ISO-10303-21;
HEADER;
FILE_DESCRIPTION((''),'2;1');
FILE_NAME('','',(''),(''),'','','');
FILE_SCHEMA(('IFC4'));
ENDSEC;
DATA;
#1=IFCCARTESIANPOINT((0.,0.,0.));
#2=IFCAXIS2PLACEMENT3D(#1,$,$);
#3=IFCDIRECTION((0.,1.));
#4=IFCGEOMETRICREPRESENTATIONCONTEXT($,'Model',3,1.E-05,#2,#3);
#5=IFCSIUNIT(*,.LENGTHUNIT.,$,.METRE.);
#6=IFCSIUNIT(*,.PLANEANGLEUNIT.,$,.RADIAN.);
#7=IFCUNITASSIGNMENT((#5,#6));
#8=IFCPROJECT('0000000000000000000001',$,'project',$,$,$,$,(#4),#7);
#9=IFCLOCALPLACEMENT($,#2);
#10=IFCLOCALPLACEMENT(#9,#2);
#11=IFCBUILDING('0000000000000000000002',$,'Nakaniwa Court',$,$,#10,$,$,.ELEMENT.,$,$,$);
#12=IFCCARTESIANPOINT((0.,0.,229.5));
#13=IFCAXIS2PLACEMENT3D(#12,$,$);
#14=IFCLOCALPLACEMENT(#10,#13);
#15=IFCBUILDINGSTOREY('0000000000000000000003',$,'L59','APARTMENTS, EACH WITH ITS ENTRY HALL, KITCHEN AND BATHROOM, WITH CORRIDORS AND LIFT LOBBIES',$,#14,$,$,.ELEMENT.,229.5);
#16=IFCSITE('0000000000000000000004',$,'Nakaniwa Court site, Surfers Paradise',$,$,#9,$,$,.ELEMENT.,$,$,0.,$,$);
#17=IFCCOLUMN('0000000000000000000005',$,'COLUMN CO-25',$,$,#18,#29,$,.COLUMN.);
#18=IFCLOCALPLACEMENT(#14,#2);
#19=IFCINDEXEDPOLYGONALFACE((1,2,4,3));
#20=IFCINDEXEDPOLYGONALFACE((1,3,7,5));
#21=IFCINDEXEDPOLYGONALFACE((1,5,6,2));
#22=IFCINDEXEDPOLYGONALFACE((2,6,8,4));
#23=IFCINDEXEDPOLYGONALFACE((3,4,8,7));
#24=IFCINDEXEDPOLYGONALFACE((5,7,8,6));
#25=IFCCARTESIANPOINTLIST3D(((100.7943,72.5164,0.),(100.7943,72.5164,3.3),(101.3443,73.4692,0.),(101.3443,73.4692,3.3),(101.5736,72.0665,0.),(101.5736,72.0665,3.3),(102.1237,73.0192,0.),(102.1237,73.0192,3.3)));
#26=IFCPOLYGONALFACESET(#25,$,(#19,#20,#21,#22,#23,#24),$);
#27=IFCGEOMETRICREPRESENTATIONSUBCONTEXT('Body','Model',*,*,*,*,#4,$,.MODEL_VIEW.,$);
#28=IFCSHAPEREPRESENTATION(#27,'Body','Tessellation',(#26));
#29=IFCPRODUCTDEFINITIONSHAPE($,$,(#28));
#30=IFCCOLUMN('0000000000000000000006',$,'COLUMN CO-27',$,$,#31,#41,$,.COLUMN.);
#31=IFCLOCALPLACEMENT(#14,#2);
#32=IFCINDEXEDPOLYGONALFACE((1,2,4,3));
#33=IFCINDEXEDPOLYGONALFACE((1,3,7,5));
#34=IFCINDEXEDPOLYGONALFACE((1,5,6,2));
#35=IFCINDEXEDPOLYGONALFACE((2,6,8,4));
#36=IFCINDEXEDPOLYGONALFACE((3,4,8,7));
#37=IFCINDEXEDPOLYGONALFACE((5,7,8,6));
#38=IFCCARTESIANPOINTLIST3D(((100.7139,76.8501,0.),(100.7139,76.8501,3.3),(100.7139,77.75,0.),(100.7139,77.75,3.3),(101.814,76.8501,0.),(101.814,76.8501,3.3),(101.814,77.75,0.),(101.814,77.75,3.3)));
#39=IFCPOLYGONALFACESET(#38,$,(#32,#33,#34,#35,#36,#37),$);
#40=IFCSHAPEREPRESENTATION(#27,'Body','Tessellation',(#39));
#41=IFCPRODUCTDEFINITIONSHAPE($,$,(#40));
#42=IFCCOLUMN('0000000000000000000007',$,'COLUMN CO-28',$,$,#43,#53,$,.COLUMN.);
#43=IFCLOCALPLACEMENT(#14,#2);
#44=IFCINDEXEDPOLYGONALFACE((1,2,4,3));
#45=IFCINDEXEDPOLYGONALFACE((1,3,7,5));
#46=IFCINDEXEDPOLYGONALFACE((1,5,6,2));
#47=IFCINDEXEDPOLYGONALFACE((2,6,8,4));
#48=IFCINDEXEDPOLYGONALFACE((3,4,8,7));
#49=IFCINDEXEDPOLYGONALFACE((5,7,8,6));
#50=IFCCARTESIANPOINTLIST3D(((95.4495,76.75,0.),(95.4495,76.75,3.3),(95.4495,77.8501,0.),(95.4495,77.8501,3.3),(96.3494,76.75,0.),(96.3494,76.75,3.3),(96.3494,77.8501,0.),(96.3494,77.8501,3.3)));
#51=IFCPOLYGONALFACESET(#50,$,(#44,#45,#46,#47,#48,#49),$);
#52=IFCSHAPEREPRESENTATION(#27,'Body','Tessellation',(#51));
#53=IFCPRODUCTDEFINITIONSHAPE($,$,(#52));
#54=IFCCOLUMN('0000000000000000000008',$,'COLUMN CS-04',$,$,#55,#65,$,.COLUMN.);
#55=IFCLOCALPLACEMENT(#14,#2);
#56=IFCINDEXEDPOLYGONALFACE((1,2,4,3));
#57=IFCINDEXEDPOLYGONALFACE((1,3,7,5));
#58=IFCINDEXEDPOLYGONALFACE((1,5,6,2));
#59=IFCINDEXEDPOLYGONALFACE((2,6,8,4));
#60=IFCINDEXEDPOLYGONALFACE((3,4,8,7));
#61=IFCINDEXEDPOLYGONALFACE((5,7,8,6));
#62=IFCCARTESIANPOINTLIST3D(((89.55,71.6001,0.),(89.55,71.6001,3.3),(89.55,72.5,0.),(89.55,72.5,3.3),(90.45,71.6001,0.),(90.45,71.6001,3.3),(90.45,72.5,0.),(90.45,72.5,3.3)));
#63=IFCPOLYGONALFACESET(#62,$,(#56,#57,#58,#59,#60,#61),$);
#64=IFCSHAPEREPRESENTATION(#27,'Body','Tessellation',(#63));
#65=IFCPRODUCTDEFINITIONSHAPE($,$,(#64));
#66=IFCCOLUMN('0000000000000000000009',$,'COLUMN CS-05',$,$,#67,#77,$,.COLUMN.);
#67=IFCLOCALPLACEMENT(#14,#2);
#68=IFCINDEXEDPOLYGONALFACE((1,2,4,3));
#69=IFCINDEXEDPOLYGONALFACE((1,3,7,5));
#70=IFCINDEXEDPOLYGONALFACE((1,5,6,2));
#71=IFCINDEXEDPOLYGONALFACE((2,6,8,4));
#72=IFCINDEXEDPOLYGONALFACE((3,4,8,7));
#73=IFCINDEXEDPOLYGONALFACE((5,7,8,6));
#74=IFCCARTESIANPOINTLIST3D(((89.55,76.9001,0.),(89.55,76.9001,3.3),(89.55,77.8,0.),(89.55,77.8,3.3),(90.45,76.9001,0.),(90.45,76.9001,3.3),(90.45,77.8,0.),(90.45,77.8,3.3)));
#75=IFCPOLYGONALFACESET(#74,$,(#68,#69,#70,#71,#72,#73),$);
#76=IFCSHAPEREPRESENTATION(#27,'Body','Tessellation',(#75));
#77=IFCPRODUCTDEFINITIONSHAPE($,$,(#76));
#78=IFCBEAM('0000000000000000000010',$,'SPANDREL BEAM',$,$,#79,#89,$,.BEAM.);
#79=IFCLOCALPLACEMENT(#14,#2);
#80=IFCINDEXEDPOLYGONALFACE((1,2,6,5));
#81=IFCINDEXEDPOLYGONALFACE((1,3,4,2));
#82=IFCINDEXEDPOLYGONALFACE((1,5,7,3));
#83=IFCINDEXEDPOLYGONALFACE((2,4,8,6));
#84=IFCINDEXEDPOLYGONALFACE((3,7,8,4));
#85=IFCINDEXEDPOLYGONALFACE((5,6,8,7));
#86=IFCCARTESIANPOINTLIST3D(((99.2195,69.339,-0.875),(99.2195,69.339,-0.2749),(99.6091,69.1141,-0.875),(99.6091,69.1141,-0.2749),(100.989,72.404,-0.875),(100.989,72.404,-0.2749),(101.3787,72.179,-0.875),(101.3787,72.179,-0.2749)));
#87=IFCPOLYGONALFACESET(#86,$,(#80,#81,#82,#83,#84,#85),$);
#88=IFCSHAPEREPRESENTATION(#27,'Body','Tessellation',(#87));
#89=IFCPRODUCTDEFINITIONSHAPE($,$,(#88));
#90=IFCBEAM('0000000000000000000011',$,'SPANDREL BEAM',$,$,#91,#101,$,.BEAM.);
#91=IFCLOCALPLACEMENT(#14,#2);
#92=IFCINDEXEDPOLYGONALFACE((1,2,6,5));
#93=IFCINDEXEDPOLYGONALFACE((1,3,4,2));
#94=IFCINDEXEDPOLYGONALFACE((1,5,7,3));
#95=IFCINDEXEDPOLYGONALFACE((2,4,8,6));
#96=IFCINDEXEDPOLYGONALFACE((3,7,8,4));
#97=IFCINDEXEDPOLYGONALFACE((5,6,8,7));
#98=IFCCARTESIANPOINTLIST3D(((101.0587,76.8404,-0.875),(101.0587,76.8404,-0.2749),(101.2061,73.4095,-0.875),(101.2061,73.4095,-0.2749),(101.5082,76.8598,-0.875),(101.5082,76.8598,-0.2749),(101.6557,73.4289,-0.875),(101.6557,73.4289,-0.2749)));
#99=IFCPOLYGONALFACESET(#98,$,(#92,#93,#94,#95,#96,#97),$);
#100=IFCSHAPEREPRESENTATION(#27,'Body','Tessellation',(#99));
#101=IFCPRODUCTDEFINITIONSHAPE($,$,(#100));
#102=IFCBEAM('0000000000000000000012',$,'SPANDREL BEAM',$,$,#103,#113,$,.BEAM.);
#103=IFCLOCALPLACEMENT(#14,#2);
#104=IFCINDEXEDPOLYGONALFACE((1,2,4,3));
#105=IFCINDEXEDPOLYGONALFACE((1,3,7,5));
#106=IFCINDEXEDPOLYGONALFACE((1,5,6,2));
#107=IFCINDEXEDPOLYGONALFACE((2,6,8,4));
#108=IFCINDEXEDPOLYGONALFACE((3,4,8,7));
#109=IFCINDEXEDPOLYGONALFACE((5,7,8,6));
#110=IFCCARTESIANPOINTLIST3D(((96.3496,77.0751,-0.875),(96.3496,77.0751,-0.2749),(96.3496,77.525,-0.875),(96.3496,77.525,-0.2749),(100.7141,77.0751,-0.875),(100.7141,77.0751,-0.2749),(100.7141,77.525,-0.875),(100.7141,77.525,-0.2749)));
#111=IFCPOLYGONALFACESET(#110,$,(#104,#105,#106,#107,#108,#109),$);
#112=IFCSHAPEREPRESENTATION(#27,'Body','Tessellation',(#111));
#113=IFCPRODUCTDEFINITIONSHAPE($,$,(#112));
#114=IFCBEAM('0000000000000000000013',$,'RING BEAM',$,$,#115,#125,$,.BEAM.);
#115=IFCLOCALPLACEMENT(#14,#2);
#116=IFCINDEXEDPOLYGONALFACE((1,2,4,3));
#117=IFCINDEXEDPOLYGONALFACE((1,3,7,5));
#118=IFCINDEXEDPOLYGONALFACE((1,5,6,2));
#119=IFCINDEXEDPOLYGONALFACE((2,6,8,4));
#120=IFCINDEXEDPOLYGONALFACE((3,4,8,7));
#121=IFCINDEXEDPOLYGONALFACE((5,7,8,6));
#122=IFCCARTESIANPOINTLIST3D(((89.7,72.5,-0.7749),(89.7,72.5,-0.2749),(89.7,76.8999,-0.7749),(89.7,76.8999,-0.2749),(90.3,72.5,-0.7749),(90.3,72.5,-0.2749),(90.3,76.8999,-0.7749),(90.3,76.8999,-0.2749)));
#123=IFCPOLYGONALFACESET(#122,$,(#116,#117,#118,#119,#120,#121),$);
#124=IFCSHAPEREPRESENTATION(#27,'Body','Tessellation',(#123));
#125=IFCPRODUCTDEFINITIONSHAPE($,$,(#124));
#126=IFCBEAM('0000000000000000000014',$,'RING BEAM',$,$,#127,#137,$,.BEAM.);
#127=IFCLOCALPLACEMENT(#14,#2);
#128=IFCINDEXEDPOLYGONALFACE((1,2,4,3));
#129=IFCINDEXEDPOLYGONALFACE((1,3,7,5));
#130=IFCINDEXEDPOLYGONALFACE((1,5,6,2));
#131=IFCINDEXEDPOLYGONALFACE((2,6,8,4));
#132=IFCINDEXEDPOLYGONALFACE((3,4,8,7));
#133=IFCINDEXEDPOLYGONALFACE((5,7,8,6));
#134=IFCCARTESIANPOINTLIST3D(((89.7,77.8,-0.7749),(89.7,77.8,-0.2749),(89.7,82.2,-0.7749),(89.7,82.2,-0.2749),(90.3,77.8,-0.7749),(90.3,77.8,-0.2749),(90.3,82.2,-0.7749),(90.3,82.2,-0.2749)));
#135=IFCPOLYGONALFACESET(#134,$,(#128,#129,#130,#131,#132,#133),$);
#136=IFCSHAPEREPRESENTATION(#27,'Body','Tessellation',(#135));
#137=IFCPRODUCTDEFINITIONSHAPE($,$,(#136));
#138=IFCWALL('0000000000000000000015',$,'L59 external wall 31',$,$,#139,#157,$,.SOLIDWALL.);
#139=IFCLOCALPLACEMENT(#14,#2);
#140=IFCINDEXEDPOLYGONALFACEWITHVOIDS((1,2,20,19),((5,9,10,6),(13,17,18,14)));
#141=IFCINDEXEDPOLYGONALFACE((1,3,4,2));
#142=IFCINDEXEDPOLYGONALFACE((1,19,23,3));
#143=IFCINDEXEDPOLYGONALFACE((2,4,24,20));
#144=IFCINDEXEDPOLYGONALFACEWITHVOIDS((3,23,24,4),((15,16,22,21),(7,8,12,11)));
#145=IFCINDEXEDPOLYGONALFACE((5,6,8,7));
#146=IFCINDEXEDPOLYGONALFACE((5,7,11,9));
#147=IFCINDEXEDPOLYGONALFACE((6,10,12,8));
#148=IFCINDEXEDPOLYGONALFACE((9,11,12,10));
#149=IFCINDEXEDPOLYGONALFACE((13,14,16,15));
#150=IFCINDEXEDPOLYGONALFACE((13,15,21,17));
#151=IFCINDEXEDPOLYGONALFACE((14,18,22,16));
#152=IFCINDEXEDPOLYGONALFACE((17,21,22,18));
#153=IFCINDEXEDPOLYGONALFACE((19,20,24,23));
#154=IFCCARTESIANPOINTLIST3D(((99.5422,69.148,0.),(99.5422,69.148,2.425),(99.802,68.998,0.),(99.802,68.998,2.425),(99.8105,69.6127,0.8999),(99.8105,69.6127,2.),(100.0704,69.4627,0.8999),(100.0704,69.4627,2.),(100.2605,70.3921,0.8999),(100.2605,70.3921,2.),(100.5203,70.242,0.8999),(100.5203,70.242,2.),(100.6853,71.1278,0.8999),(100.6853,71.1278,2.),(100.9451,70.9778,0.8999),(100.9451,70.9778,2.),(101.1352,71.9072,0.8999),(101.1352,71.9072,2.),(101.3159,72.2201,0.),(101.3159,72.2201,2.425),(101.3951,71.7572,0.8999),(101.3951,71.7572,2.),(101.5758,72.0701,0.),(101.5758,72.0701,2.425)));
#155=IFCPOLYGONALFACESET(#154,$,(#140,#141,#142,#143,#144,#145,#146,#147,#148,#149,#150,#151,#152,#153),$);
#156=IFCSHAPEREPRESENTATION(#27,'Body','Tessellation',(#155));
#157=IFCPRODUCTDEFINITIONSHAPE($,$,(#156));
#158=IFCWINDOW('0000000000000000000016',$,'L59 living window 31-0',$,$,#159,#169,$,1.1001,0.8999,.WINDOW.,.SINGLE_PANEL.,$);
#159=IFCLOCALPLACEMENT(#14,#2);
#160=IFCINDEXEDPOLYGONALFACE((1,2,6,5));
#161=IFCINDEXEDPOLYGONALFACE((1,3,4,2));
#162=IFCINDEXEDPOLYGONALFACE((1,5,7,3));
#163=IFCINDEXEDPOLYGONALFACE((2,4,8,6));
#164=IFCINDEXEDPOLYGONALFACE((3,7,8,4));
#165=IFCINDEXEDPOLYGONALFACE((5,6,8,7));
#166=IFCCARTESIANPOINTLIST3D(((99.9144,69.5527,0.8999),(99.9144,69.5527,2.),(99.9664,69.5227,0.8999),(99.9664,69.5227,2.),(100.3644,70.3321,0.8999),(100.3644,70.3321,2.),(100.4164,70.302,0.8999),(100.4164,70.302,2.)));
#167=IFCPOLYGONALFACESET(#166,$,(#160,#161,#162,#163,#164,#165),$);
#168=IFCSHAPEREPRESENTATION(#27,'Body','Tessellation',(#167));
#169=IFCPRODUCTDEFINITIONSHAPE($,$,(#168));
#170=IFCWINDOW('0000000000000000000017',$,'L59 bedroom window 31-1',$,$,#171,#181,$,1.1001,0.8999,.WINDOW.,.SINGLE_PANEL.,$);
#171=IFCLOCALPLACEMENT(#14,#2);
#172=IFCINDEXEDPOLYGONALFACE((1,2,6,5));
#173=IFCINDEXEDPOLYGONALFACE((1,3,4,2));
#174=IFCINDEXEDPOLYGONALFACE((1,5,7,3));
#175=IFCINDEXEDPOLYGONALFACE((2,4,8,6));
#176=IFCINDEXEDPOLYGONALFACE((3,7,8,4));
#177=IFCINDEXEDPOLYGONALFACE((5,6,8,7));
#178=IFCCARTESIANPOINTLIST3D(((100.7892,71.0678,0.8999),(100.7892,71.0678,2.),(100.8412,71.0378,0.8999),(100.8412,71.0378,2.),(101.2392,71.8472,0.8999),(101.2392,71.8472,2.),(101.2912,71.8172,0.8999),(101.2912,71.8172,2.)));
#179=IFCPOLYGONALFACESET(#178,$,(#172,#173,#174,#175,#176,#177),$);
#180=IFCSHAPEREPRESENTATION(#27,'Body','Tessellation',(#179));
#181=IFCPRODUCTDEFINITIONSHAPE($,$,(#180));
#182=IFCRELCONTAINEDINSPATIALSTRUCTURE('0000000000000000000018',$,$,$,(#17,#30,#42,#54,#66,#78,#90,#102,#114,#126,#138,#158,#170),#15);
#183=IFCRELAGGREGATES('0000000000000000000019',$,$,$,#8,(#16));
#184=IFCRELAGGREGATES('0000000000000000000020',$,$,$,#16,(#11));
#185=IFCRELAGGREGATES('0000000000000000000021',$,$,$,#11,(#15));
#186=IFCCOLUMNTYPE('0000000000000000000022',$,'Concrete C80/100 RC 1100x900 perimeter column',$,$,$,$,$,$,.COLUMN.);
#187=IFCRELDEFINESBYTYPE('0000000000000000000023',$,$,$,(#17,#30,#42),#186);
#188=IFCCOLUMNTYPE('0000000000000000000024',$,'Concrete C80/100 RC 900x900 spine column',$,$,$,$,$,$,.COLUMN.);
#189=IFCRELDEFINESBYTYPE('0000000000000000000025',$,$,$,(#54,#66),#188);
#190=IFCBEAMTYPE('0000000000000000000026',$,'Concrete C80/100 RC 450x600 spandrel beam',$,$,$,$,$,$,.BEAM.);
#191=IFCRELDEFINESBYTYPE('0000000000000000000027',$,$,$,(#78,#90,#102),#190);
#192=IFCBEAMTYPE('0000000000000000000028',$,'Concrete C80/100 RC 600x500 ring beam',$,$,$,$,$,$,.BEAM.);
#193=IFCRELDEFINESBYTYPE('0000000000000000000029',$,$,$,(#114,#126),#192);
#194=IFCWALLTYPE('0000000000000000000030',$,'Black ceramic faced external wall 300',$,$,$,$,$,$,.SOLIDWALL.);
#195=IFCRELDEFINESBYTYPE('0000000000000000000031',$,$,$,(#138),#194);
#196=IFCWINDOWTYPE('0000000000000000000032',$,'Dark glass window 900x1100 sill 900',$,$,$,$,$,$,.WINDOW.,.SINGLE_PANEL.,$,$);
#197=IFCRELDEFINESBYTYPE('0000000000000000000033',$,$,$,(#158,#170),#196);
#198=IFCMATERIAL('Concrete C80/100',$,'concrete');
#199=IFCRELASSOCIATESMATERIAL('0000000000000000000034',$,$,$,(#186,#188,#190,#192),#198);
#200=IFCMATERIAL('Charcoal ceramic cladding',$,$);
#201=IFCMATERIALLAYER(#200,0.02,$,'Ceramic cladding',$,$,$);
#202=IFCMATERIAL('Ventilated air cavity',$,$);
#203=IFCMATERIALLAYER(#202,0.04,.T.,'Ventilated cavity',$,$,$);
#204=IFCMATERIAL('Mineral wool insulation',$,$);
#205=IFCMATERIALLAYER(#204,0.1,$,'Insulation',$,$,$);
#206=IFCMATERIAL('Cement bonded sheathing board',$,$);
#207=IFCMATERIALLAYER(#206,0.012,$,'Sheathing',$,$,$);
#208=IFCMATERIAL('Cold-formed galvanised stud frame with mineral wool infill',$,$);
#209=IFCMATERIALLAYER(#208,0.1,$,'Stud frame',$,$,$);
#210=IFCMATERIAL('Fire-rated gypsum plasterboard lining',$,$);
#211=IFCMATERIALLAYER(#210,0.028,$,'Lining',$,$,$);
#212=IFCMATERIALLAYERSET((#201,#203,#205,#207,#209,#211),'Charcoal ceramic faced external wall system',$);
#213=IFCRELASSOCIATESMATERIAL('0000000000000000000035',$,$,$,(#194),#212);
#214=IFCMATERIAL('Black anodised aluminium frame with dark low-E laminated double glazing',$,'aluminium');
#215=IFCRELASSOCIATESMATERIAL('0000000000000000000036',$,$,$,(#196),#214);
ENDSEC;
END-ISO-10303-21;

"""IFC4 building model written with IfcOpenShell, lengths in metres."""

from ifc_helpers import new_model, si_unit, direction, frame, frame_2d, origin, origin_2d, place, context, subcontext, project, spatial, rectangle, extrude, material, layer, layer_set, material_profile, profile_set, type_object, element, fill, save


model = new_model("IFC4")

# Units and contexts
model_context = context("Model", 3, precision=1e-05, world=origin(), true_north=direction((0.0, 1.0)))
body_context = subcontext(model_context, "Body", "Model", "MODEL_VIEW")
ifc_project = project(units=[si_unit("LENGTHUNIT", "METRE"), si_unit("PLANEANGLEUNIT", "RADIAN")], contexts=[model_context])

# Site, building, storey
site_placement = place(None, origin())
site = spatial("IfcSite", under=ifc_project, at=site_placement, Name="Nakaniwa Court site, Surfers Paradise", CompositionType="ELEMENT", RefElevation=0.0)
building_placement = place(site_placement, origin())
building = spatial("IfcBuilding", under=site, at=building_placement, Name="Nakaniwa Court", CompositionType="ELEMENT")
storey_placement = place(building_placement, frame((0.0, 0.0, 229.5)))
storey = spatial("IfcBuildingStorey", under=building, at=storey_placement, Name="L59", Description="APARTMENTS, EACH WITH ITS ENTRY HALL, KITCHEN AND BATHROOM, WITH CORRIDORS AND LIFT LOBBIES", CompositionType="ELEMENT", Elevation=229.5)

# Columns
ifc_material_1 = material(Name="Concrete C80/100", Category="concrete")
ifc_material_profile_1 = material_profile(ifc_material_1, rectangle(XDim=1.1001, YDim=0.8999, at=origin_2d()), Name="Concrete C80/100 RC 1100x900 perimeter column")
ifc_profile_set_1 = profile_set([ifc_material_profile_1], Name="Concrete C80/100")
column_type_1 = type_object("IfcColumnType", Name="Concrete C80/100 RC 1100x900 perimeter column", PredefinedType="COLUMN", material=ifc_profile_set_1)
for number, where, z_axis, x_axis, name in (
    (1, (101.459, 72.7678, 0.0), (0.0, 0.0, 1.0), (0.5, 0.866025, 0.0), "COLUMN CO-25"),
    (2, (101.2639, 77.3, 0.0), (0.0, 0.0, 1.0), (-1.0, 0.0, 0.0), "COLUMN CO-27"),
    (3, (95.8994, 77.3, 0.0), (0.0, 0.0, 1.0), (0.0, 1.0, 0.0), "COLUMN CO-28"),
):
    element("IfcColumn", number, at=place(storey_placement, frame(where, z_axis=z_axis, x_axis=x_axis)), inside=storey, type_object=column_type_1, Name=name, PredefinedType="COLUMN", context=body_context, shape_type="SweptSolid", body=[
        extrude(rectangle(XDim=1.1001, YDim=0.8999, at=origin_2d()), origin(), (0.0, 0.0, 1.0), 3.3),
    ])
ifc_material_profile_2 = material_profile(ifc_material_1, rectangle(XDim=0.8999, YDim=0.8999, at=origin_2d()), Name="Concrete C80/100 RC 900x900 spine column")
ifc_profile_set_2 = profile_set([ifc_material_profile_2], Name="Concrete C80/100")
column_type_2 = type_object("IfcColumnType", Name="Concrete C80/100 RC 900x900 spine column", PredefinedType="COLUMN", material=ifc_profile_set_2)
for number, where, z_axis, x_axis, name in (
    (4, (90.0, 72.05, 0.0), (0.0, 0.0, 1.0), (0.0, 1.0, 0.0), "COLUMN CS-04"),
    (5, (90.0, 77.3501, 0.0), (0.0, 0.0, 1.0), (0.0, 1.0, 0.0), "COLUMN CS-05"),
):
    element("IfcColumn", number, at=place(storey_placement, frame(where, z_axis=z_axis, x_axis=x_axis)), inside=storey, type_object=column_type_2, Name=name, PredefinedType="COLUMN", context=body_context, shape_type="SweptSolid", body=[
        extrude(rectangle(XDim=0.8999, YDim=0.8999, at=origin_2d()), origin(), (0.0, 0.0, 1.0), 3.3),
    ])

# Beams
ifc_material_profile_3 = material_profile(ifc_material_1, rectangle(XDim=0.45, YDim=0.6001, at=origin_2d()), Name="Concrete C80/100 RC 450x600 spandrel beam")
ifc_profile_set_3 = profile_set([ifc_material_profile_3], Name="Concrete C80/100")
beam_type_1 = type_object("IfcBeamType", Name="Concrete C80/100 RC 450x600 spandrel beam", PredefinedType="BEAM", material=ifc_profile_set_3)
beam_1_placement = place(storey_placement, frame((99.4143, 69.2266, -0.575), z_axis=(0.499997, 0.866027, 0.0), x_axis=(-0.866027, 0.499997, 0.0)))
element("IfcBeam", 6, at=beam_1_placement, inside=storey, type_object=beam_type_1, Name="SPANDREL BEAM", PredefinedType="BEAM", context=body_context, shape_type="SweptSolid", body=[
    extrude(rectangle(XDim=0.45, YDim=0.6001, at=origin_2d()), origin(), (0.0, 0.0, 1.0), 3.5391),
])
beam_2_placement = place(storey_placement, frame((101.4309, 73.4192, -0.575), z_axis=(-0.042941, 0.999078, 0.0), x_axis=(-0.999078, -0.042941, 0.0)))
element("IfcBeam", 7, at=beam_2_placement, inside=storey, type_object=beam_type_1, Name="SPANDREL BEAM", PredefinedType="BEAM", context=body_context, shape_type="SweptSolid", body=[
    extrude(rectangle(XDim=0.45, YDim=0.6001, at=origin_2d()), origin(), (0.0, 0.0, 1.0), 3.4341),
])
beam_3_placement = place(storey_placement, frame((100.7141, 77.3, -0.575), z_axis=(-1.0, 0.0, 0.0), x_axis=(0.0, -1.0, 0.0)))
element("IfcBeam", 8, at=beam_3_placement, inside=storey, type_object=beam_type_1, Name="SPANDREL BEAM", PredefinedType="BEAM", context=body_context, shape_type="SweptSolid", body=[
    extrude(rectangle(XDim=0.45, YDim=0.6001, at=origin_2d()), origin(), (0.0, 0.0, 1.0), 4.3645),
])
ifc_material_profile_4 = material_profile(ifc_material_1, rectangle(XDim=0.6001, YDim=0.5, at=origin_2d()), Name="Concrete C80/100 RC 600x500 ring beam")
ifc_profile_set_4 = profile_set([ifc_material_profile_4], Name="Concrete C80/100")
beam_type_2 = type_object("IfcBeamType", Name="Concrete C80/100 RC 600x500 ring beam", PredefinedType="BEAM", material=ifc_profile_set_4)
for number, where, z_axis, x_axis, name in (
    (9, (90.0, 72.5, -0.5249), (0.0, 1.0, 0.0), (-1.0, 0.0, 0.0), "RING BEAM"),
    (10, (90.0, 77.8, -0.5249), (0.0, 1.0, 0.0), (-1.0, 0.0, 0.0), "RING BEAM"),
):
    element("IfcBeam", number, at=place(storey_placement, frame(where, z_axis=z_axis, x_axis=x_axis)), inside=storey, type_object=beam_type_2, Name=name, PredefinedType="BEAM", context=body_context, shape_type="SweptSolid", body=[
        extrude(rectangle(XDim=0.6001, YDim=0.5, at=origin_2d()), origin(), (0.0, 0.0, 1.0), 4.3999),
    ])

# Wall, openings, windows
ifc_material_2 = material(Name="Charcoal ceramic cladding")
ifc_layer_1 = layer(ifc_material_2, 0.02, Name="Ceramic cladding")
ifc_material_3 = material(Name="Ventilated air cavity")
ifc_layer_2 = layer(ifc_material_3, 0.04, ventilated=True, Name="Ventilated cavity")
ifc_material_4 = material(Name="Mineral wool insulation")
ifc_layer_3 = layer(ifc_material_4, 0.1, Name="Insulation")
ifc_material_5 = material(Name="Cement bonded sheathing board")
ifc_layer_4 = layer(ifc_material_5, 0.012, Name="Sheathing")
ifc_material_6 = material(Name="Cold-formed galvanised stud frame with mineral wool infill")
ifc_layer_5 = layer(ifc_material_6, 0.1, Name="Stud frame")
ifc_material_7 = material(Name="Fire-rated gypsum plasterboard lining")
ifc_layer_6 = layer(ifc_material_7, 0.028, Name="Lining")
ifc_layer_set_1 = layer_set([ifc_layer_1, ifc_layer_2, ifc_layer_3, ifc_layer_4, ifc_layer_5, ifc_layer_6], Name="Charcoal ceramic faced external wall system")
wall_type_1 = type_object("IfcWallType", Name="Black ceramic faced external wall 300", PredefinedType="SOLIDWALL", material=ifc_layer_set_1)
wall_1_placement = place(storey_placement, frame((99.6721, 69.073, 0.0), z_axis=(0.0, 0.0, 1.0), x_axis=(0.50001, 0.866019, 0.0)))
wall_1 = element("IfcWall", 11, at=wall_1_placement, inside=storey, type_object=wall_type_1, Name="L59 external wall 31", PredefinedType="SOLIDWALL", context=body_context, shape_type="SweptSolid", body=[
    extrude(rectangle(XDim=3.5474, YDim=0.3, at=frame_2d((1.7737, 0.0))), origin(), (0.0, 0.0, 1.0), 2.425),
])
opening_1_placement = place(wall_1_placement, frame((0.5366, 0.0, 0.8999)))
opening_1 = element("IfcOpeningElement", 12, at=opening_1_placement, cuts=wall_1, PredefinedType="OPENING", context=body_context, shape_type="SweptSolid", body=[
    extrude(rectangle(XDim=0.8999, YDim=1.1001, at=frame_2d((0.45, 0.55))), frame((0.0, 0.1599, 0.0), z_axis=(0.0, -1.0, 0.0), x_axis=(1.0, 0.0, 0.0)), (0.0, 0.0, 1.0), 0.3201),
])
opening_2_placement = place(wall_1_placement, frame((2.2861, 0.0, 0.8999)))
opening_2 = element("IfcOpeningElement", 13, at=opening_2_placement, cuts=wall_1, PredefinedType="OPENING", context=body_context, shape_type="SweptSolid", body=[
    extrude(rectangle(XDim=0.8999, YDim=1.1001, at=frame_2d((0.45, 0.55))), frame((0.0, 0.1599, 0.0), z_axis=(0.0, -1.0, 0.0), x_axis=(1.0, 0.0, 0.0)), (0.0, 0.0, 1.0), 0.3201),
])
ifc_material_8 = material(Name="Black anodised aluminium frame with dark low-E laminated double glazing", Category="aluminium")
window_type_1 = type_object("IfcWindowType", Name="Dark glass window 900x1100 sill 900", PartitioningType="SINGLE_PANEL", PredefinedType="WINDOW", material=ifc_material_8)
window_1_placement = place(opening_1_placement, origin())
window_1 = element("IfcWindow", 14, at=window_1_placement, inside=storey, type_object=window_type_1, Name="L59 living window 31-0", OverallHeight=1.1001, OverallWidth=0.8999, PartitioningType="SINGLE_PANEL", PredefinedType="WINDOW", context=body_context, shape_type="SweptSolid", body=[
    extrude(rectangle(XDim=0.8999, YDim=1.1001, at=frame_2d((0.45, 0.55))), frame((0.0, 0.03, 0.0), z_axis=(0.0, -1.0, 0.0), x_axis=(1.0, 0.0, 0.0)), (0.0, 0.0, 1.0), 0.0601),
])
fill(opening_1, window_1)
window_2_placement = place(opening_2_placement, origin())
window_2 = element("IfcWindow", 15, at=window_2_placement, inside=storey, type_object=window_type_1, Name="L59 bedroom window 31-1", OverallHeight=1.1001, OverallWidth=0.8999, PartitioningType="SINGLE_PANEL", PredefinedType="WINDOW", context=body_context, shape_type="SweptSolid", body=[
    extrude(rectangle(XDim=0.8999, YDim=1.1001, at=frame_2d((0.45, 0.55))), frame((0.0, 0.03, 0.0), z_axis=(0.0, -1.0, 0.0), x_axis=(1.0, 0.0, 0.0)), (0.0, 0.0, 1.0), 0.0601),
])
fill(opening_2, window_2)

save(model, "model.ifc")
